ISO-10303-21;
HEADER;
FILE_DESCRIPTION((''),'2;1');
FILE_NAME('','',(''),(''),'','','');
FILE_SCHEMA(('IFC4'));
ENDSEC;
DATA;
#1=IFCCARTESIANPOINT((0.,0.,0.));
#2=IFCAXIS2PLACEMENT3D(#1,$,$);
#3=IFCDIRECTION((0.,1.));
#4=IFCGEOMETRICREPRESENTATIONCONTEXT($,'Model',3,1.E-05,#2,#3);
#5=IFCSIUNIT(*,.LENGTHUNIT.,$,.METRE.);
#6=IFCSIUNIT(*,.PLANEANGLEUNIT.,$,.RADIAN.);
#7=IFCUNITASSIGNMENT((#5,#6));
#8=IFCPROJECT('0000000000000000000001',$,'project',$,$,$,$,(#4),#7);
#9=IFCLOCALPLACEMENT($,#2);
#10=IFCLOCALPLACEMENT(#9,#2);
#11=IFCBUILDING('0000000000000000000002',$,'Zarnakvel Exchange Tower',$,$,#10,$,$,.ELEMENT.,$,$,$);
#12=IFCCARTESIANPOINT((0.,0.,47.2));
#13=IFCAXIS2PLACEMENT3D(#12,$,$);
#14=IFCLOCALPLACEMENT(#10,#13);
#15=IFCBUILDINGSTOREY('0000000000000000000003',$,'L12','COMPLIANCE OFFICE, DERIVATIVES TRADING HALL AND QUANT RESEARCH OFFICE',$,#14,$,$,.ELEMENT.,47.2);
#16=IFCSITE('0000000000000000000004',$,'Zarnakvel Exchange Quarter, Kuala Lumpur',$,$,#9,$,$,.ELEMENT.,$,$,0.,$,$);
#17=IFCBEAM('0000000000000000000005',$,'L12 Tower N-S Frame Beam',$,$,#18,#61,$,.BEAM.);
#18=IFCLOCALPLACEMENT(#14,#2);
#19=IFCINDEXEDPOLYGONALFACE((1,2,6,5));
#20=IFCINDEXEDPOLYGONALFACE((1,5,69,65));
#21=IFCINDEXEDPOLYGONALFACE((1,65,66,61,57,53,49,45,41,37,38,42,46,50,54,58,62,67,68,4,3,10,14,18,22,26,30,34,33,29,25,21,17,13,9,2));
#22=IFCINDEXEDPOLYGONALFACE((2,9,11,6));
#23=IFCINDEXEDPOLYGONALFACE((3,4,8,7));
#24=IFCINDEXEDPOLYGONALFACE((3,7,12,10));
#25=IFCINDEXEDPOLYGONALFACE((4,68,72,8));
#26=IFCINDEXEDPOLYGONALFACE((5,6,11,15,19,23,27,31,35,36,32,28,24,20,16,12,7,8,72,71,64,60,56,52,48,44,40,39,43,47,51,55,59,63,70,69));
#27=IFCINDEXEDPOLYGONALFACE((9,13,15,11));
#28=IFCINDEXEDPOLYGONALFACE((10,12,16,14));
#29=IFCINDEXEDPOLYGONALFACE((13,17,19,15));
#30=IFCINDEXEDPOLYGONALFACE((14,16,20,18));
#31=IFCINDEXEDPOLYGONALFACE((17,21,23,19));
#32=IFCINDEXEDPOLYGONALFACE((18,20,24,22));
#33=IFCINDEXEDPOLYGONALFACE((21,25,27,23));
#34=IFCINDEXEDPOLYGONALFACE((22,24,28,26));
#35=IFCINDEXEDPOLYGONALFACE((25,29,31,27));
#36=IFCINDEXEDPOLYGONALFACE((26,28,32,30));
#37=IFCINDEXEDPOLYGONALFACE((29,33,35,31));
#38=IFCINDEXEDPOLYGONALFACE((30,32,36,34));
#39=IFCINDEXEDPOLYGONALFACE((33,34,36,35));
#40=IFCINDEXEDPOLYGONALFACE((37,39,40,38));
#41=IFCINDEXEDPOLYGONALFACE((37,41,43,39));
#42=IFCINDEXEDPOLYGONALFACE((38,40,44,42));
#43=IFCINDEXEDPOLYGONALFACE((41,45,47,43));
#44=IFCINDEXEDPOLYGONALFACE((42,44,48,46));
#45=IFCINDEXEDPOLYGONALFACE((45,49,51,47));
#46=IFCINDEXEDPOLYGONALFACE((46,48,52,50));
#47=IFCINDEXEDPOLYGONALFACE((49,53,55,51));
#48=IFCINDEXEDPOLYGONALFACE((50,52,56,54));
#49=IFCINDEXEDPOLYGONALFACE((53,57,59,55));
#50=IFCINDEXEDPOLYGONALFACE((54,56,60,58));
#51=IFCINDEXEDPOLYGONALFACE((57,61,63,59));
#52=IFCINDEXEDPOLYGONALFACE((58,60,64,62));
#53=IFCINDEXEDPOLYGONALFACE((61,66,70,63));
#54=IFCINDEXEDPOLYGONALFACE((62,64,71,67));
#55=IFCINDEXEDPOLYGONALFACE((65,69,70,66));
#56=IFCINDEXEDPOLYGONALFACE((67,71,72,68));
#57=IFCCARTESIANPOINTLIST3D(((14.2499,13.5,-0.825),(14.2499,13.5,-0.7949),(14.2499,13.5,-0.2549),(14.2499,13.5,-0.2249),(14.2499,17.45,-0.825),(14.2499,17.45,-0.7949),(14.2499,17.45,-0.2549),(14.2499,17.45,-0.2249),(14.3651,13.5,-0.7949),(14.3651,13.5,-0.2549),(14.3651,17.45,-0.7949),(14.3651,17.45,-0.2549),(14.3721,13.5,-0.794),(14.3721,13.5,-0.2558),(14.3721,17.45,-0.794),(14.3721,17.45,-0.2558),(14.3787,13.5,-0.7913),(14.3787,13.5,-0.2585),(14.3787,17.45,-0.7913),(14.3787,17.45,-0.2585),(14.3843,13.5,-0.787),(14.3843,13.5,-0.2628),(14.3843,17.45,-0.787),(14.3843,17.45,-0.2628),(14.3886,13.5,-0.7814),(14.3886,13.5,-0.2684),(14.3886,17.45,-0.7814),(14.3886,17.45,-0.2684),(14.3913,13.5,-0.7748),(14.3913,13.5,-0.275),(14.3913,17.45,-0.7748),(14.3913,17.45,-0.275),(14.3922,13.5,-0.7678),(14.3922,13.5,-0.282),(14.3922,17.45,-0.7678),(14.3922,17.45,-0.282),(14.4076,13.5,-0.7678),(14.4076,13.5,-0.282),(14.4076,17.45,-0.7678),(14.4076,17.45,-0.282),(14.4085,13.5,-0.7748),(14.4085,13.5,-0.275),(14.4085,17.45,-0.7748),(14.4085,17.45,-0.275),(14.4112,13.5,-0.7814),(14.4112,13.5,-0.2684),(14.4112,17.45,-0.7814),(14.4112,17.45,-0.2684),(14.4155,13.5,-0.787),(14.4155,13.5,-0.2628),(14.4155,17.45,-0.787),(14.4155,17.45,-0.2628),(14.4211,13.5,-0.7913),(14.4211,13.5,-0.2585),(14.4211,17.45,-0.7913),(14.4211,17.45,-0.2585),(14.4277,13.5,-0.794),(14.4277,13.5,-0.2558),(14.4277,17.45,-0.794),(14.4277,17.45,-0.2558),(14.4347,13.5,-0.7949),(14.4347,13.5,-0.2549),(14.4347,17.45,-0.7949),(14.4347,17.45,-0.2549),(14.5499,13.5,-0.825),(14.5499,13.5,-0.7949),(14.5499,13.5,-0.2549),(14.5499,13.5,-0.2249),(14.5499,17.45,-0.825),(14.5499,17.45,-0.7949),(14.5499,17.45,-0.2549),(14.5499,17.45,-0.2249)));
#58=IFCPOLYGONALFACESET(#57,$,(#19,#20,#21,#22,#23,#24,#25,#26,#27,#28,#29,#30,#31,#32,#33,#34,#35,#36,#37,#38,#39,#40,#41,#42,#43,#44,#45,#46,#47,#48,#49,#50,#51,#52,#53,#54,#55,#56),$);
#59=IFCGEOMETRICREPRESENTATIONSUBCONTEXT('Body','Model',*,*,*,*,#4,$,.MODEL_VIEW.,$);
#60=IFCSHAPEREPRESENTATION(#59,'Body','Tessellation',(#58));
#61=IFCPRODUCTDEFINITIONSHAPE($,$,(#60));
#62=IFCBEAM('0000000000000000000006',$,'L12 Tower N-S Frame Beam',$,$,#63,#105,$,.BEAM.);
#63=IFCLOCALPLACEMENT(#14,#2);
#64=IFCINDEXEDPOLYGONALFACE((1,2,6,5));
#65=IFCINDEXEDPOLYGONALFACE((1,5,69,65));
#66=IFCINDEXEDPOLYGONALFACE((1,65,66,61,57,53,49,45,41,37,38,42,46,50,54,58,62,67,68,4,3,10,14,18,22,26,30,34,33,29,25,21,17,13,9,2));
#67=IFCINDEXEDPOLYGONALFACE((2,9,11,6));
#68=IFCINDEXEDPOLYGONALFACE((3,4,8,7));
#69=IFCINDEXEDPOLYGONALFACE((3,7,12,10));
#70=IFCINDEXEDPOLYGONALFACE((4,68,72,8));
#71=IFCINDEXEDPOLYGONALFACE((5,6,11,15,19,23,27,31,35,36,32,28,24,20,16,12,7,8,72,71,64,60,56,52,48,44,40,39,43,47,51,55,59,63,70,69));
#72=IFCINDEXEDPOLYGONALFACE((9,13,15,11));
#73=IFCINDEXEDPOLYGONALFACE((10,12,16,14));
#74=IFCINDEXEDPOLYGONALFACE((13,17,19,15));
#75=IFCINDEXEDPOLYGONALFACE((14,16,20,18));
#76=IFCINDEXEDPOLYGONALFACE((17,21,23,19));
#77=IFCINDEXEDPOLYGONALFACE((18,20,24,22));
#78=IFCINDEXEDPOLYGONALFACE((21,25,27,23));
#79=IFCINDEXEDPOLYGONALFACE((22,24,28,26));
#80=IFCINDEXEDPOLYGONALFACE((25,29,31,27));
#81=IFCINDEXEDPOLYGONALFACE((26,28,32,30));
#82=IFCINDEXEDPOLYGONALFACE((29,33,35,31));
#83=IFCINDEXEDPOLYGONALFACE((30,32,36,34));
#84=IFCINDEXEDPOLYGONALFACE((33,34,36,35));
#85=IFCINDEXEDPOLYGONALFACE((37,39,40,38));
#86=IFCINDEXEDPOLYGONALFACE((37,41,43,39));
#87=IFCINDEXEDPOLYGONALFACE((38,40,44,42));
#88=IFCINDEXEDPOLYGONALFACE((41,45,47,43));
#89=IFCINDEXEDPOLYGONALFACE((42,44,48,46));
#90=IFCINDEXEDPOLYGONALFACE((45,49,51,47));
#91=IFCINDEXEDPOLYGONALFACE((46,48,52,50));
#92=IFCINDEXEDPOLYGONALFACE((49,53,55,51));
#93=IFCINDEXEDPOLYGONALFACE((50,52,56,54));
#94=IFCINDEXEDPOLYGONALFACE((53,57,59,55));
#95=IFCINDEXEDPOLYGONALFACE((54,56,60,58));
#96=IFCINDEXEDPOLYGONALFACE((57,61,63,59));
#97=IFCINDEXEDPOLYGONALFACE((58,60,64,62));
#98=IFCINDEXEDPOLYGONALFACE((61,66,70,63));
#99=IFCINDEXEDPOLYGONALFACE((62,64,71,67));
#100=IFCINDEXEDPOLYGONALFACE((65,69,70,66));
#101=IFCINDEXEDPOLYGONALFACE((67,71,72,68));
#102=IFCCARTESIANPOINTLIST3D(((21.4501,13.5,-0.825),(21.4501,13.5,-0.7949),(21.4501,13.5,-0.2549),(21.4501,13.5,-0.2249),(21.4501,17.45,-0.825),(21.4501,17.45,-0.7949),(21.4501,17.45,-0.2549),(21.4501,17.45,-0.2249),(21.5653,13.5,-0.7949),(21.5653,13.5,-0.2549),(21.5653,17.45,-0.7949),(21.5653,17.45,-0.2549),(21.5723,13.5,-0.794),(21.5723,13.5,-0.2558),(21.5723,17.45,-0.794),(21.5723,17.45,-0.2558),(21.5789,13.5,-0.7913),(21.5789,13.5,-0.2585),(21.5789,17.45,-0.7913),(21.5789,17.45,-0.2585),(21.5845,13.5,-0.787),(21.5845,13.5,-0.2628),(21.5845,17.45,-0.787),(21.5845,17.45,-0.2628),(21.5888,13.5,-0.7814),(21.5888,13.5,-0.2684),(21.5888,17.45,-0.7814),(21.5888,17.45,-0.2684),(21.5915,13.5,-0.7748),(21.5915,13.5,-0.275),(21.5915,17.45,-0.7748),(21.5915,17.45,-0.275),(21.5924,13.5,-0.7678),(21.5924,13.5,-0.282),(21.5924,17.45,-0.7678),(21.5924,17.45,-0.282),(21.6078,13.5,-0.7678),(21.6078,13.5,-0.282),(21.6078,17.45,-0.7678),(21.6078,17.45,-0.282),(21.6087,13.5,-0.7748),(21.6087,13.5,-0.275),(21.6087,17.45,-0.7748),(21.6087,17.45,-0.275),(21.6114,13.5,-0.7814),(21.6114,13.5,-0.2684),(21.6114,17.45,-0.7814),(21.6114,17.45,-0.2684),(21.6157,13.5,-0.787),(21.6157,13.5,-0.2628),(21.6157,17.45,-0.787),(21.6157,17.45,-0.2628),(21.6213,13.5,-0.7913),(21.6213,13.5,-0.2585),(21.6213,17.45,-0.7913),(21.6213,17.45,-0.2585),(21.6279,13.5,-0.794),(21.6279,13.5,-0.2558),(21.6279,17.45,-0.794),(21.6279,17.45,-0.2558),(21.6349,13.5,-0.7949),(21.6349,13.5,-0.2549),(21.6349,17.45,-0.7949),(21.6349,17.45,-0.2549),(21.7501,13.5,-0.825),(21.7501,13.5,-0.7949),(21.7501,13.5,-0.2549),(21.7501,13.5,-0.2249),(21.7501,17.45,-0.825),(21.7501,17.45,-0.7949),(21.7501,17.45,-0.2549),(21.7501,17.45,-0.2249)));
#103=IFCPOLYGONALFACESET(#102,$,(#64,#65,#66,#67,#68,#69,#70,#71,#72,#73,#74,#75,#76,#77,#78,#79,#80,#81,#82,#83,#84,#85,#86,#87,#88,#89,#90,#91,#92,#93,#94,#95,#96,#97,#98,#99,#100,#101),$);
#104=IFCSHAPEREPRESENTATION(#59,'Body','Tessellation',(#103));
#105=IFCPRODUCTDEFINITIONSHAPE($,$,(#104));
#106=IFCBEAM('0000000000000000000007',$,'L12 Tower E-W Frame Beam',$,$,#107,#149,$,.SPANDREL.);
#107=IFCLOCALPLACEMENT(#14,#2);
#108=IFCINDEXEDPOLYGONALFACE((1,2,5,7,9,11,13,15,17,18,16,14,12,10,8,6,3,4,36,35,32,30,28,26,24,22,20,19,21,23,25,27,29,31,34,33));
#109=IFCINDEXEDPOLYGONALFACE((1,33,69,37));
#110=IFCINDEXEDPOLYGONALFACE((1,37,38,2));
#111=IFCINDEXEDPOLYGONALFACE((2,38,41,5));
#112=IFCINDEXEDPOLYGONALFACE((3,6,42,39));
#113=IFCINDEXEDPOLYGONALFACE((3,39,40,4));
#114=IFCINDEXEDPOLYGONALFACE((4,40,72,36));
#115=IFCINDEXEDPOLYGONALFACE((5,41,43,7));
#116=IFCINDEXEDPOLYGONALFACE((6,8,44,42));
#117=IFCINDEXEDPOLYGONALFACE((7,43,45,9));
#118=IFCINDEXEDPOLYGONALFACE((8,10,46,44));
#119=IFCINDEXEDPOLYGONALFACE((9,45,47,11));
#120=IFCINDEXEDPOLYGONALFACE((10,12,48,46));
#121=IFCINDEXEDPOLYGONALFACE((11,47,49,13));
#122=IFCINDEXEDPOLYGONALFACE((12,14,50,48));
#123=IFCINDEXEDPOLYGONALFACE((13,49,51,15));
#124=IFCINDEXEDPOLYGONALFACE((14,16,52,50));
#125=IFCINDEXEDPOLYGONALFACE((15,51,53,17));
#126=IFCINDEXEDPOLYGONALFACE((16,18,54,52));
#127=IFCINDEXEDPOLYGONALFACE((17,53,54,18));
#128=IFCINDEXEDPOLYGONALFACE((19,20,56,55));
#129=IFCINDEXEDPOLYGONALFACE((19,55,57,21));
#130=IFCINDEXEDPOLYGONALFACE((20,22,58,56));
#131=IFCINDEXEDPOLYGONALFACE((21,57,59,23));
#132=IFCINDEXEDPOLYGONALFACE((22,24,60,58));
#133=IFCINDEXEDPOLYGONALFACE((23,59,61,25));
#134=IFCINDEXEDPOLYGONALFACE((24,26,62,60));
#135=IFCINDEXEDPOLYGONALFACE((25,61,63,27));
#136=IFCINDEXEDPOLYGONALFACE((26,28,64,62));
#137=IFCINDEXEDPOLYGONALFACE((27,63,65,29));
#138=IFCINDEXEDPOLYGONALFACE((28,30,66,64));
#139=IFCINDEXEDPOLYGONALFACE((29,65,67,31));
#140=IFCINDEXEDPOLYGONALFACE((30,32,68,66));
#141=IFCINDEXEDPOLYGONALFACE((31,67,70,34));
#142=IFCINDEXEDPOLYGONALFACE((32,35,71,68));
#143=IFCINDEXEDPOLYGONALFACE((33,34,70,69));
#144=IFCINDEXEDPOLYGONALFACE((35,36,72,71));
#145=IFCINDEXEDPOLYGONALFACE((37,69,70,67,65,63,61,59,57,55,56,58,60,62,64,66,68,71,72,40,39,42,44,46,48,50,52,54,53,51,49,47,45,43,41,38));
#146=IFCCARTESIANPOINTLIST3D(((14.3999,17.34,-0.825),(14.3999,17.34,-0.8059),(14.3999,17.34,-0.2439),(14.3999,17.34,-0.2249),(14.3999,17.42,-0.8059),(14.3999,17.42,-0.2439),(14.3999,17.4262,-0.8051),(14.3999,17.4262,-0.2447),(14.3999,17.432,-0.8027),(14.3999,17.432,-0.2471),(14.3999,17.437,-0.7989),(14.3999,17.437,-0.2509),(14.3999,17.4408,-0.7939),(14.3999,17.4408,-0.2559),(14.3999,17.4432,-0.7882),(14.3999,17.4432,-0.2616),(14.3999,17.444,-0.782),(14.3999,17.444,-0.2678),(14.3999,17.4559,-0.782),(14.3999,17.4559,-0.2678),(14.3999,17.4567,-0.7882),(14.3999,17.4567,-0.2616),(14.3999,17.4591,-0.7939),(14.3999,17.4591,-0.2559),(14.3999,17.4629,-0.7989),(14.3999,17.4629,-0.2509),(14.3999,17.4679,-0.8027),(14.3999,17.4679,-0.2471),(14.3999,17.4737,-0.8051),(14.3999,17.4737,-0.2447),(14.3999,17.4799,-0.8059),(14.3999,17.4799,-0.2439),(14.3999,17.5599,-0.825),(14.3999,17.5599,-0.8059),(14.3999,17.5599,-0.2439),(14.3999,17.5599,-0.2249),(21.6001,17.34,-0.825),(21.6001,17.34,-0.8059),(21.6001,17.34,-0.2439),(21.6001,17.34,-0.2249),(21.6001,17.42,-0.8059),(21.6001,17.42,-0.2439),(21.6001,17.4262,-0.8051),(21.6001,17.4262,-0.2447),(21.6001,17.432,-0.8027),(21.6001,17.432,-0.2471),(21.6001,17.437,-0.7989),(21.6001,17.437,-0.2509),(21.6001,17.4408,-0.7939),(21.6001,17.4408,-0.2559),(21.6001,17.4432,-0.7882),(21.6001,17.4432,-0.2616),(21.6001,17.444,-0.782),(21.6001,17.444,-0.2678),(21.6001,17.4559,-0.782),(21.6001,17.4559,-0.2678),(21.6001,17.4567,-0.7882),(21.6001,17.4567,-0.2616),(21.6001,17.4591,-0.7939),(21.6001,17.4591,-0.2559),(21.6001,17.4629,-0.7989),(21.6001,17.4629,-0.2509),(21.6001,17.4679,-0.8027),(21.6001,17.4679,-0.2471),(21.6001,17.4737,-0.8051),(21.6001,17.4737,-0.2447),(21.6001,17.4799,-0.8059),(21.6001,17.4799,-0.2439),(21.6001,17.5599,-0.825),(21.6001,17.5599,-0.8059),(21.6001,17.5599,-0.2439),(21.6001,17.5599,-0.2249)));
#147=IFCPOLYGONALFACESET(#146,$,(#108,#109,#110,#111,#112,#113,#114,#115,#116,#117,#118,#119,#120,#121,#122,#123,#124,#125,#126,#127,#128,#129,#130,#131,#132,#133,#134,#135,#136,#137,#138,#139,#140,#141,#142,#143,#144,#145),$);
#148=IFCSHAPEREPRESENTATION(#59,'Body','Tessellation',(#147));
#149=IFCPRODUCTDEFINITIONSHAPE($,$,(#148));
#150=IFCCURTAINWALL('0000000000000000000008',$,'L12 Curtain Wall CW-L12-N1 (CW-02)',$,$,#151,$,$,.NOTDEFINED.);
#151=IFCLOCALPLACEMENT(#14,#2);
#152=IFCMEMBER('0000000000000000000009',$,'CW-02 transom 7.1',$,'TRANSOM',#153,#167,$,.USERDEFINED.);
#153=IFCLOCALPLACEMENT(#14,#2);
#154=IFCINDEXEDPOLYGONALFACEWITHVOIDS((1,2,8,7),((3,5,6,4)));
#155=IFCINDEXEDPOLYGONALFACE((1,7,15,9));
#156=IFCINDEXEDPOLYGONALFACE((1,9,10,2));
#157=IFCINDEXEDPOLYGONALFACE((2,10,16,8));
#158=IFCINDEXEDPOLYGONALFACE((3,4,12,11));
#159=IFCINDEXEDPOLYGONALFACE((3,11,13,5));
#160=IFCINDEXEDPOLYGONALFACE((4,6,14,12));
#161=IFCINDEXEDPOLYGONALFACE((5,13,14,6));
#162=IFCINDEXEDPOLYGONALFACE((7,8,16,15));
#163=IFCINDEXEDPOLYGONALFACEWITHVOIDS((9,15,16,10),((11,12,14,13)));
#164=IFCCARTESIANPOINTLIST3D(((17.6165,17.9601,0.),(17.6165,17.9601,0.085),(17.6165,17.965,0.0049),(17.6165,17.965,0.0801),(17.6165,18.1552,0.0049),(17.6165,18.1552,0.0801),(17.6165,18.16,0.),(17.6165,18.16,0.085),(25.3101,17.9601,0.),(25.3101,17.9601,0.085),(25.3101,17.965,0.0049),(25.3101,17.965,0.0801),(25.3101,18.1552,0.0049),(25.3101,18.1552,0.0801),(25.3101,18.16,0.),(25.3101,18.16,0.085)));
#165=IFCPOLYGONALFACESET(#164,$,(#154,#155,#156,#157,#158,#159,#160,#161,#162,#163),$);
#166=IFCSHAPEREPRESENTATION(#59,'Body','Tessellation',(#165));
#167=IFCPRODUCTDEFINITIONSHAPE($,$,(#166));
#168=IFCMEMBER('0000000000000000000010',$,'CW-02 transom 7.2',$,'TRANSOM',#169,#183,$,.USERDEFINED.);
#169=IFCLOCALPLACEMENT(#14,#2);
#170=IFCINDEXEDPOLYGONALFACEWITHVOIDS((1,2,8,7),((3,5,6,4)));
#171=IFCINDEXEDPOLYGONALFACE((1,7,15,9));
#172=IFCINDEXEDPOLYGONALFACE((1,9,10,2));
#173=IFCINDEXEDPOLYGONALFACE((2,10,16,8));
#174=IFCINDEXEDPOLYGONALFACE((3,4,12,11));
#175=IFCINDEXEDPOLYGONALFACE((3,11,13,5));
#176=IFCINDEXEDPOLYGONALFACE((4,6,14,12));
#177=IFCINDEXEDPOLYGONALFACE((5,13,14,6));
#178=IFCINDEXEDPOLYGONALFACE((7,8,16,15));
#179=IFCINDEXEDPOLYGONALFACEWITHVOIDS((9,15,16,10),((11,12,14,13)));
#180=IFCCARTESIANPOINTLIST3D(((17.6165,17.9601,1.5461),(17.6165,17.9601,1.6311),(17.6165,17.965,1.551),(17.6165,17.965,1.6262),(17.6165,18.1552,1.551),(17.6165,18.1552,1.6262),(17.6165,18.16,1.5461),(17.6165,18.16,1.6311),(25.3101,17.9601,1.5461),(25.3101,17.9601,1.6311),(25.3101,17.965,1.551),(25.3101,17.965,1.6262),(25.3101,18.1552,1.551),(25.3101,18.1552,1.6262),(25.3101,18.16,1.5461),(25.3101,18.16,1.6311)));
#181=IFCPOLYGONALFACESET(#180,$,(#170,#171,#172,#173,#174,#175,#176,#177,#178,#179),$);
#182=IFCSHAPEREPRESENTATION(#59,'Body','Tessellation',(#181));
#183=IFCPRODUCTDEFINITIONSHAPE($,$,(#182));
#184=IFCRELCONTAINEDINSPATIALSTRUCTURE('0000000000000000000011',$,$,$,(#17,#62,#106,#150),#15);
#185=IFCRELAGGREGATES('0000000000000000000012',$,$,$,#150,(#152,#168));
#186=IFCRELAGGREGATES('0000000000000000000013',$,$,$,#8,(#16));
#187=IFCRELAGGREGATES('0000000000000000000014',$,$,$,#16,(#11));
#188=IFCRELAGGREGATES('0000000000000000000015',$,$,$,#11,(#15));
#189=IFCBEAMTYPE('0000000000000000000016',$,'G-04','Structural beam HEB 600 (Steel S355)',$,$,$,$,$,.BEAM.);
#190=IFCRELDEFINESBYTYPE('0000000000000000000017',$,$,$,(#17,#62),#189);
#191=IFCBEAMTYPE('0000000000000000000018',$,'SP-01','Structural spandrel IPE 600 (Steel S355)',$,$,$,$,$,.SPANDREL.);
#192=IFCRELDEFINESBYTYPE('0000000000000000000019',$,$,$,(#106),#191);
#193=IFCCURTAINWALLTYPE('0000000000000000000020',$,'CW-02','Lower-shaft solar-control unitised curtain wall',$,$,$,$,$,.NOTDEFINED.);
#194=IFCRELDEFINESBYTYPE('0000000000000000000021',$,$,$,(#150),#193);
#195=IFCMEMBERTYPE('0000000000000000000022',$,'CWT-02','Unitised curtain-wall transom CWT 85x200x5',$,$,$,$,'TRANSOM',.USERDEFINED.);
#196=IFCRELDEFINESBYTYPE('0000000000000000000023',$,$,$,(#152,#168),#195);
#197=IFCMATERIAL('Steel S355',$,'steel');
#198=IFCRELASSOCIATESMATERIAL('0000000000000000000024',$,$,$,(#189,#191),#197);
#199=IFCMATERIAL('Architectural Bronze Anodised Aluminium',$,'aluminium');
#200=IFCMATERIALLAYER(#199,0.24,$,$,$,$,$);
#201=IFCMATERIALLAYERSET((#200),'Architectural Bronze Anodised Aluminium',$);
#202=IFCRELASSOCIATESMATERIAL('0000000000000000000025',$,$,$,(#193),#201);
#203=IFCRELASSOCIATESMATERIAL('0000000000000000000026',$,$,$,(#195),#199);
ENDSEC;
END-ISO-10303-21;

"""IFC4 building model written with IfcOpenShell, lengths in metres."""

from ifc_helpers import new_model, si_unit, direction, frame, origin, origin_2d, place, context, subcontext, project, spatial, hollow_rectangle, i_section, extrude, source, transform, mapped, material, layer, layer_set, material_profile, profile_set, type_object, element, aggregate, save


model = new_model("IFC4")

# Units and contexts
model_context = context("Model", 3, precision=1e-05, world=origin(), true_north=direction((0.0, 1.0)))
body_context = subcontext(model_context, "Body", "Model", "MODEL_VIEW")
ifc_project = project(units=[si_unit("LENGTHUNIT", "METRE"), si_unit("PLANEANGLEUNIT", "RADIAN")], contexts=[model_context])

# Site, building, storey
site_placement = place(None, origin())
site = spatial("IfcSite", under=ifc_project, at=site_placement, Name="Zarnakvel Exchange Quarter, Kuala Lumpur", CompositionType="ELEMENT", RefElevation=0.0)
building_placement = place(site_placement, origin())
building = spatial("IfcBuilding", under=site, at=building_placement, Name="Zarnakvel Exchange Tower", CompositionType="ELEMENT")
storey_placement = place(building_placement, frame((0.0, 0.0, 47.2)))
storey = spatial("IfcBuildingStorey", under=building, at=storey_placement, Name="L12", Description="COMPLIANCE OFFICE, DERIVATIVES TRADING HALL AND QUANT RESEARCH OFFICE", CompositionType="ELEMENT", Elevation=47.2)

# Shared definitions
ifc_material_1 = material(Name="Steel S355", Category="steel")

# Beams
ifc_material_profile_1 = material_profile(ifc_material_1, i_section(OverallWidth=0.3, OverallDepth=0.6001, WebThickness=0.0154, FlangeThickness=0.03, FilletRadius=0.0271, at=origin_2d()))
ifc_profile_set_1 = profile_set([ifc_material_profile_1], Name="Steel S355")
beam_type_1 = type_object("IfcBeamType", Name="G-04", Description="Structural beam HEB 600 (Steel S355)", PredefinedType="BEAM", material=ifc_profile_set_1)
for number, where, z_axis, x_axis, name in (
    (1, (14.3999, 13.5, -0.5249), (0.0, 1.0, 0.0), (-1.0, 0.0, 0.0), "L12 Tower N-S Frame Beam"),
    (2, (21.6001, 13.5, -0.5249), (0.0, 1.0, 0.0), (-1.0, 0.0, 0.0), "L12 Tower N-S Frame Beam"),
):
    element("IfcBeam", number, at=place(storey_placement, frame(where, z_axis=z_axis, x_axis=x_axis)), inside=storey, type_object=beam_type_1, Name=name, PredefinedType="BEAM", context=body_context, shape_type="SweptSolid", body=[
        extrude(i_section(OverallWidth=0.3, OverallDepth=0.6001, WebThickness=0.0154, FlangeThickness=0.03, FilletRadius=0.0271, at=origin_2d()), origin(), (0.0, 0.0, 1.0), 3.95),
    ])
ifc_material_profile_2 = material_profile(ifc_material_1, i_section(OverallWidth=0.22, OverallDepth=0.6001, WebThickness=0.012, FlangeThickness=0.019, FilletRadius=0.0239, at=origin_2d()))
ifc_profile_set_2 = profile_set([ifc_material_profile_2], Name="Steel S355")
beam_type_2 = type_object("IfcBeamType", Name="SP-01", Description="Structural spandrel IPE 600 (Steel S355)", PredefinedType="SPANDREL", material=ifc_profile_set_2)
beam_1_placement = place(storey_placement, frame((14.3999, 17.45, -0.5249), z_axis=(1.0, 0.0, 0.0), x_axis=(0.0, 1.0, 0.0)))
element("IfcBeam", 3, at=beam_1_placement, inside=storey, type_object=beam_type_2, Name="L12 Tower E-W Frame Beam", PredefinedType="SPANDREL", context=body_context, shape_type="SweptSolid", body=[
    extrude(i_section(OverallWidth=0.22, OverallDepth=0.6001, WebThickness=0.012, FlangeThickness=0.019, FilletRadius=0.0239, at=origin_2d()), origin(), (0.0, 0.0, 1.0), 7.2002),
])

# Curtain wall, members
ifc_material_2 = material(Name="Architectural Bronze Anodised Aluminium", Category="aluminium")
ifc_layer_1 = layer(ifc_material_2, 0.24)
ifc_layer_set_1 = layer_set([ifc_layer_1], Name="Architectural Bronze Anodised Aluminium")
curtain_wall_type_1 = type_object("IfcCurtainWallType", Name="CW-02", Description="Lower-shaft solar-control unitised curtain wall", PredefinedType="NOTDEFINED", material=ifc_layer_set_1)
curtain_wall_1_placement = place(storey_placement, origin())
curtain_wall_1 = element("IfcCurtainWall", 4, at=curtain_wall_1_placement, inside=storey, type_object=curtain_wall_type_1, Name="L12 Curtain Wall CW-L12-N1 (CW-02)", PredefinedType="NOTDEFINED")
ifc_material_profile_3 = material_profile(ifc_material_2, hollow_rectangle(XDim=0.2, YDim=0.085, WallThickness=0.0049, at=origin_2d()))
ifc_profile_set_3 = profile_set([ifc_material_profile_3], Name="Architectural Bronze Anodised Aluminium")
member_type_1 = type_object("IfcMemberType", Name="CWT-02", Description="Unitised curtain-wall transom CWT 85x200x5", ElementType="TRANSOM", PredefinedType="USERDEFINED", material=ifc_profile_set_3)
shared_shape_1 = source(origin(), body_context, "Body", "SweptSolid", [
    extrude(hollow_rectangle(XDim=0.2, YDim=0.085, WallThickness=0.0049, at=origin_2d()), origin(), (0.0, 0.0, 1.0), 7.6936),
])
member_1_placement = place(storey_placement, frame((17.6165, 18.0601, 0.0425), z_axis=(1.0, 0.0, 0.0), x_axis=(0.0, 1.0, 0.0)))
member_1 = element("IfcMember", 5, at=member_1_placement, type_object=member_type_1, Name="CW-02 transom 7.1", ObjectType="TRANSOM", PredefinedType="USERDEFINED", context=body_context, shape_type="MappedRepresentation", body=[
    mapped(shared_shape_1, transform((0.0, 0.0, 0.0), x_axis=(1.0, 0.0, 0.0), y_axis=(0.0, 1.0, 0.0), z_axis=(0.0, 0.0, 1.0), scale=1.0)),
])
member_2_placement = place(storey_placement, frame((17.6165, 18.0601, 1.5886), z_axis=(1.0, 0.0, 0.0), x_axis=(0.0, 1.0, 0.0)))
member_2 = element("IfcMember", 6, at=member_2_placement, type_object=member_type_1, Name="CW-02 transom 7.2", ObjectType="TRANSOM", PredefinedType="USERDEFINED", context=body_context, shape_type="MappedRepresentation", body=[
    mapped(shared_shape_1, transform((0.0, 0.0, 0.0), x_axis=(1.0, 0.0, 0.0), y_axis=(0.0, 1.0, 0.0), z_axis=(0.0, 0.0, 1.0), scale=1.0)),
])

aggregate(curtain_wall_1, [member_1, member_2])

save(model, "model.ifc")
